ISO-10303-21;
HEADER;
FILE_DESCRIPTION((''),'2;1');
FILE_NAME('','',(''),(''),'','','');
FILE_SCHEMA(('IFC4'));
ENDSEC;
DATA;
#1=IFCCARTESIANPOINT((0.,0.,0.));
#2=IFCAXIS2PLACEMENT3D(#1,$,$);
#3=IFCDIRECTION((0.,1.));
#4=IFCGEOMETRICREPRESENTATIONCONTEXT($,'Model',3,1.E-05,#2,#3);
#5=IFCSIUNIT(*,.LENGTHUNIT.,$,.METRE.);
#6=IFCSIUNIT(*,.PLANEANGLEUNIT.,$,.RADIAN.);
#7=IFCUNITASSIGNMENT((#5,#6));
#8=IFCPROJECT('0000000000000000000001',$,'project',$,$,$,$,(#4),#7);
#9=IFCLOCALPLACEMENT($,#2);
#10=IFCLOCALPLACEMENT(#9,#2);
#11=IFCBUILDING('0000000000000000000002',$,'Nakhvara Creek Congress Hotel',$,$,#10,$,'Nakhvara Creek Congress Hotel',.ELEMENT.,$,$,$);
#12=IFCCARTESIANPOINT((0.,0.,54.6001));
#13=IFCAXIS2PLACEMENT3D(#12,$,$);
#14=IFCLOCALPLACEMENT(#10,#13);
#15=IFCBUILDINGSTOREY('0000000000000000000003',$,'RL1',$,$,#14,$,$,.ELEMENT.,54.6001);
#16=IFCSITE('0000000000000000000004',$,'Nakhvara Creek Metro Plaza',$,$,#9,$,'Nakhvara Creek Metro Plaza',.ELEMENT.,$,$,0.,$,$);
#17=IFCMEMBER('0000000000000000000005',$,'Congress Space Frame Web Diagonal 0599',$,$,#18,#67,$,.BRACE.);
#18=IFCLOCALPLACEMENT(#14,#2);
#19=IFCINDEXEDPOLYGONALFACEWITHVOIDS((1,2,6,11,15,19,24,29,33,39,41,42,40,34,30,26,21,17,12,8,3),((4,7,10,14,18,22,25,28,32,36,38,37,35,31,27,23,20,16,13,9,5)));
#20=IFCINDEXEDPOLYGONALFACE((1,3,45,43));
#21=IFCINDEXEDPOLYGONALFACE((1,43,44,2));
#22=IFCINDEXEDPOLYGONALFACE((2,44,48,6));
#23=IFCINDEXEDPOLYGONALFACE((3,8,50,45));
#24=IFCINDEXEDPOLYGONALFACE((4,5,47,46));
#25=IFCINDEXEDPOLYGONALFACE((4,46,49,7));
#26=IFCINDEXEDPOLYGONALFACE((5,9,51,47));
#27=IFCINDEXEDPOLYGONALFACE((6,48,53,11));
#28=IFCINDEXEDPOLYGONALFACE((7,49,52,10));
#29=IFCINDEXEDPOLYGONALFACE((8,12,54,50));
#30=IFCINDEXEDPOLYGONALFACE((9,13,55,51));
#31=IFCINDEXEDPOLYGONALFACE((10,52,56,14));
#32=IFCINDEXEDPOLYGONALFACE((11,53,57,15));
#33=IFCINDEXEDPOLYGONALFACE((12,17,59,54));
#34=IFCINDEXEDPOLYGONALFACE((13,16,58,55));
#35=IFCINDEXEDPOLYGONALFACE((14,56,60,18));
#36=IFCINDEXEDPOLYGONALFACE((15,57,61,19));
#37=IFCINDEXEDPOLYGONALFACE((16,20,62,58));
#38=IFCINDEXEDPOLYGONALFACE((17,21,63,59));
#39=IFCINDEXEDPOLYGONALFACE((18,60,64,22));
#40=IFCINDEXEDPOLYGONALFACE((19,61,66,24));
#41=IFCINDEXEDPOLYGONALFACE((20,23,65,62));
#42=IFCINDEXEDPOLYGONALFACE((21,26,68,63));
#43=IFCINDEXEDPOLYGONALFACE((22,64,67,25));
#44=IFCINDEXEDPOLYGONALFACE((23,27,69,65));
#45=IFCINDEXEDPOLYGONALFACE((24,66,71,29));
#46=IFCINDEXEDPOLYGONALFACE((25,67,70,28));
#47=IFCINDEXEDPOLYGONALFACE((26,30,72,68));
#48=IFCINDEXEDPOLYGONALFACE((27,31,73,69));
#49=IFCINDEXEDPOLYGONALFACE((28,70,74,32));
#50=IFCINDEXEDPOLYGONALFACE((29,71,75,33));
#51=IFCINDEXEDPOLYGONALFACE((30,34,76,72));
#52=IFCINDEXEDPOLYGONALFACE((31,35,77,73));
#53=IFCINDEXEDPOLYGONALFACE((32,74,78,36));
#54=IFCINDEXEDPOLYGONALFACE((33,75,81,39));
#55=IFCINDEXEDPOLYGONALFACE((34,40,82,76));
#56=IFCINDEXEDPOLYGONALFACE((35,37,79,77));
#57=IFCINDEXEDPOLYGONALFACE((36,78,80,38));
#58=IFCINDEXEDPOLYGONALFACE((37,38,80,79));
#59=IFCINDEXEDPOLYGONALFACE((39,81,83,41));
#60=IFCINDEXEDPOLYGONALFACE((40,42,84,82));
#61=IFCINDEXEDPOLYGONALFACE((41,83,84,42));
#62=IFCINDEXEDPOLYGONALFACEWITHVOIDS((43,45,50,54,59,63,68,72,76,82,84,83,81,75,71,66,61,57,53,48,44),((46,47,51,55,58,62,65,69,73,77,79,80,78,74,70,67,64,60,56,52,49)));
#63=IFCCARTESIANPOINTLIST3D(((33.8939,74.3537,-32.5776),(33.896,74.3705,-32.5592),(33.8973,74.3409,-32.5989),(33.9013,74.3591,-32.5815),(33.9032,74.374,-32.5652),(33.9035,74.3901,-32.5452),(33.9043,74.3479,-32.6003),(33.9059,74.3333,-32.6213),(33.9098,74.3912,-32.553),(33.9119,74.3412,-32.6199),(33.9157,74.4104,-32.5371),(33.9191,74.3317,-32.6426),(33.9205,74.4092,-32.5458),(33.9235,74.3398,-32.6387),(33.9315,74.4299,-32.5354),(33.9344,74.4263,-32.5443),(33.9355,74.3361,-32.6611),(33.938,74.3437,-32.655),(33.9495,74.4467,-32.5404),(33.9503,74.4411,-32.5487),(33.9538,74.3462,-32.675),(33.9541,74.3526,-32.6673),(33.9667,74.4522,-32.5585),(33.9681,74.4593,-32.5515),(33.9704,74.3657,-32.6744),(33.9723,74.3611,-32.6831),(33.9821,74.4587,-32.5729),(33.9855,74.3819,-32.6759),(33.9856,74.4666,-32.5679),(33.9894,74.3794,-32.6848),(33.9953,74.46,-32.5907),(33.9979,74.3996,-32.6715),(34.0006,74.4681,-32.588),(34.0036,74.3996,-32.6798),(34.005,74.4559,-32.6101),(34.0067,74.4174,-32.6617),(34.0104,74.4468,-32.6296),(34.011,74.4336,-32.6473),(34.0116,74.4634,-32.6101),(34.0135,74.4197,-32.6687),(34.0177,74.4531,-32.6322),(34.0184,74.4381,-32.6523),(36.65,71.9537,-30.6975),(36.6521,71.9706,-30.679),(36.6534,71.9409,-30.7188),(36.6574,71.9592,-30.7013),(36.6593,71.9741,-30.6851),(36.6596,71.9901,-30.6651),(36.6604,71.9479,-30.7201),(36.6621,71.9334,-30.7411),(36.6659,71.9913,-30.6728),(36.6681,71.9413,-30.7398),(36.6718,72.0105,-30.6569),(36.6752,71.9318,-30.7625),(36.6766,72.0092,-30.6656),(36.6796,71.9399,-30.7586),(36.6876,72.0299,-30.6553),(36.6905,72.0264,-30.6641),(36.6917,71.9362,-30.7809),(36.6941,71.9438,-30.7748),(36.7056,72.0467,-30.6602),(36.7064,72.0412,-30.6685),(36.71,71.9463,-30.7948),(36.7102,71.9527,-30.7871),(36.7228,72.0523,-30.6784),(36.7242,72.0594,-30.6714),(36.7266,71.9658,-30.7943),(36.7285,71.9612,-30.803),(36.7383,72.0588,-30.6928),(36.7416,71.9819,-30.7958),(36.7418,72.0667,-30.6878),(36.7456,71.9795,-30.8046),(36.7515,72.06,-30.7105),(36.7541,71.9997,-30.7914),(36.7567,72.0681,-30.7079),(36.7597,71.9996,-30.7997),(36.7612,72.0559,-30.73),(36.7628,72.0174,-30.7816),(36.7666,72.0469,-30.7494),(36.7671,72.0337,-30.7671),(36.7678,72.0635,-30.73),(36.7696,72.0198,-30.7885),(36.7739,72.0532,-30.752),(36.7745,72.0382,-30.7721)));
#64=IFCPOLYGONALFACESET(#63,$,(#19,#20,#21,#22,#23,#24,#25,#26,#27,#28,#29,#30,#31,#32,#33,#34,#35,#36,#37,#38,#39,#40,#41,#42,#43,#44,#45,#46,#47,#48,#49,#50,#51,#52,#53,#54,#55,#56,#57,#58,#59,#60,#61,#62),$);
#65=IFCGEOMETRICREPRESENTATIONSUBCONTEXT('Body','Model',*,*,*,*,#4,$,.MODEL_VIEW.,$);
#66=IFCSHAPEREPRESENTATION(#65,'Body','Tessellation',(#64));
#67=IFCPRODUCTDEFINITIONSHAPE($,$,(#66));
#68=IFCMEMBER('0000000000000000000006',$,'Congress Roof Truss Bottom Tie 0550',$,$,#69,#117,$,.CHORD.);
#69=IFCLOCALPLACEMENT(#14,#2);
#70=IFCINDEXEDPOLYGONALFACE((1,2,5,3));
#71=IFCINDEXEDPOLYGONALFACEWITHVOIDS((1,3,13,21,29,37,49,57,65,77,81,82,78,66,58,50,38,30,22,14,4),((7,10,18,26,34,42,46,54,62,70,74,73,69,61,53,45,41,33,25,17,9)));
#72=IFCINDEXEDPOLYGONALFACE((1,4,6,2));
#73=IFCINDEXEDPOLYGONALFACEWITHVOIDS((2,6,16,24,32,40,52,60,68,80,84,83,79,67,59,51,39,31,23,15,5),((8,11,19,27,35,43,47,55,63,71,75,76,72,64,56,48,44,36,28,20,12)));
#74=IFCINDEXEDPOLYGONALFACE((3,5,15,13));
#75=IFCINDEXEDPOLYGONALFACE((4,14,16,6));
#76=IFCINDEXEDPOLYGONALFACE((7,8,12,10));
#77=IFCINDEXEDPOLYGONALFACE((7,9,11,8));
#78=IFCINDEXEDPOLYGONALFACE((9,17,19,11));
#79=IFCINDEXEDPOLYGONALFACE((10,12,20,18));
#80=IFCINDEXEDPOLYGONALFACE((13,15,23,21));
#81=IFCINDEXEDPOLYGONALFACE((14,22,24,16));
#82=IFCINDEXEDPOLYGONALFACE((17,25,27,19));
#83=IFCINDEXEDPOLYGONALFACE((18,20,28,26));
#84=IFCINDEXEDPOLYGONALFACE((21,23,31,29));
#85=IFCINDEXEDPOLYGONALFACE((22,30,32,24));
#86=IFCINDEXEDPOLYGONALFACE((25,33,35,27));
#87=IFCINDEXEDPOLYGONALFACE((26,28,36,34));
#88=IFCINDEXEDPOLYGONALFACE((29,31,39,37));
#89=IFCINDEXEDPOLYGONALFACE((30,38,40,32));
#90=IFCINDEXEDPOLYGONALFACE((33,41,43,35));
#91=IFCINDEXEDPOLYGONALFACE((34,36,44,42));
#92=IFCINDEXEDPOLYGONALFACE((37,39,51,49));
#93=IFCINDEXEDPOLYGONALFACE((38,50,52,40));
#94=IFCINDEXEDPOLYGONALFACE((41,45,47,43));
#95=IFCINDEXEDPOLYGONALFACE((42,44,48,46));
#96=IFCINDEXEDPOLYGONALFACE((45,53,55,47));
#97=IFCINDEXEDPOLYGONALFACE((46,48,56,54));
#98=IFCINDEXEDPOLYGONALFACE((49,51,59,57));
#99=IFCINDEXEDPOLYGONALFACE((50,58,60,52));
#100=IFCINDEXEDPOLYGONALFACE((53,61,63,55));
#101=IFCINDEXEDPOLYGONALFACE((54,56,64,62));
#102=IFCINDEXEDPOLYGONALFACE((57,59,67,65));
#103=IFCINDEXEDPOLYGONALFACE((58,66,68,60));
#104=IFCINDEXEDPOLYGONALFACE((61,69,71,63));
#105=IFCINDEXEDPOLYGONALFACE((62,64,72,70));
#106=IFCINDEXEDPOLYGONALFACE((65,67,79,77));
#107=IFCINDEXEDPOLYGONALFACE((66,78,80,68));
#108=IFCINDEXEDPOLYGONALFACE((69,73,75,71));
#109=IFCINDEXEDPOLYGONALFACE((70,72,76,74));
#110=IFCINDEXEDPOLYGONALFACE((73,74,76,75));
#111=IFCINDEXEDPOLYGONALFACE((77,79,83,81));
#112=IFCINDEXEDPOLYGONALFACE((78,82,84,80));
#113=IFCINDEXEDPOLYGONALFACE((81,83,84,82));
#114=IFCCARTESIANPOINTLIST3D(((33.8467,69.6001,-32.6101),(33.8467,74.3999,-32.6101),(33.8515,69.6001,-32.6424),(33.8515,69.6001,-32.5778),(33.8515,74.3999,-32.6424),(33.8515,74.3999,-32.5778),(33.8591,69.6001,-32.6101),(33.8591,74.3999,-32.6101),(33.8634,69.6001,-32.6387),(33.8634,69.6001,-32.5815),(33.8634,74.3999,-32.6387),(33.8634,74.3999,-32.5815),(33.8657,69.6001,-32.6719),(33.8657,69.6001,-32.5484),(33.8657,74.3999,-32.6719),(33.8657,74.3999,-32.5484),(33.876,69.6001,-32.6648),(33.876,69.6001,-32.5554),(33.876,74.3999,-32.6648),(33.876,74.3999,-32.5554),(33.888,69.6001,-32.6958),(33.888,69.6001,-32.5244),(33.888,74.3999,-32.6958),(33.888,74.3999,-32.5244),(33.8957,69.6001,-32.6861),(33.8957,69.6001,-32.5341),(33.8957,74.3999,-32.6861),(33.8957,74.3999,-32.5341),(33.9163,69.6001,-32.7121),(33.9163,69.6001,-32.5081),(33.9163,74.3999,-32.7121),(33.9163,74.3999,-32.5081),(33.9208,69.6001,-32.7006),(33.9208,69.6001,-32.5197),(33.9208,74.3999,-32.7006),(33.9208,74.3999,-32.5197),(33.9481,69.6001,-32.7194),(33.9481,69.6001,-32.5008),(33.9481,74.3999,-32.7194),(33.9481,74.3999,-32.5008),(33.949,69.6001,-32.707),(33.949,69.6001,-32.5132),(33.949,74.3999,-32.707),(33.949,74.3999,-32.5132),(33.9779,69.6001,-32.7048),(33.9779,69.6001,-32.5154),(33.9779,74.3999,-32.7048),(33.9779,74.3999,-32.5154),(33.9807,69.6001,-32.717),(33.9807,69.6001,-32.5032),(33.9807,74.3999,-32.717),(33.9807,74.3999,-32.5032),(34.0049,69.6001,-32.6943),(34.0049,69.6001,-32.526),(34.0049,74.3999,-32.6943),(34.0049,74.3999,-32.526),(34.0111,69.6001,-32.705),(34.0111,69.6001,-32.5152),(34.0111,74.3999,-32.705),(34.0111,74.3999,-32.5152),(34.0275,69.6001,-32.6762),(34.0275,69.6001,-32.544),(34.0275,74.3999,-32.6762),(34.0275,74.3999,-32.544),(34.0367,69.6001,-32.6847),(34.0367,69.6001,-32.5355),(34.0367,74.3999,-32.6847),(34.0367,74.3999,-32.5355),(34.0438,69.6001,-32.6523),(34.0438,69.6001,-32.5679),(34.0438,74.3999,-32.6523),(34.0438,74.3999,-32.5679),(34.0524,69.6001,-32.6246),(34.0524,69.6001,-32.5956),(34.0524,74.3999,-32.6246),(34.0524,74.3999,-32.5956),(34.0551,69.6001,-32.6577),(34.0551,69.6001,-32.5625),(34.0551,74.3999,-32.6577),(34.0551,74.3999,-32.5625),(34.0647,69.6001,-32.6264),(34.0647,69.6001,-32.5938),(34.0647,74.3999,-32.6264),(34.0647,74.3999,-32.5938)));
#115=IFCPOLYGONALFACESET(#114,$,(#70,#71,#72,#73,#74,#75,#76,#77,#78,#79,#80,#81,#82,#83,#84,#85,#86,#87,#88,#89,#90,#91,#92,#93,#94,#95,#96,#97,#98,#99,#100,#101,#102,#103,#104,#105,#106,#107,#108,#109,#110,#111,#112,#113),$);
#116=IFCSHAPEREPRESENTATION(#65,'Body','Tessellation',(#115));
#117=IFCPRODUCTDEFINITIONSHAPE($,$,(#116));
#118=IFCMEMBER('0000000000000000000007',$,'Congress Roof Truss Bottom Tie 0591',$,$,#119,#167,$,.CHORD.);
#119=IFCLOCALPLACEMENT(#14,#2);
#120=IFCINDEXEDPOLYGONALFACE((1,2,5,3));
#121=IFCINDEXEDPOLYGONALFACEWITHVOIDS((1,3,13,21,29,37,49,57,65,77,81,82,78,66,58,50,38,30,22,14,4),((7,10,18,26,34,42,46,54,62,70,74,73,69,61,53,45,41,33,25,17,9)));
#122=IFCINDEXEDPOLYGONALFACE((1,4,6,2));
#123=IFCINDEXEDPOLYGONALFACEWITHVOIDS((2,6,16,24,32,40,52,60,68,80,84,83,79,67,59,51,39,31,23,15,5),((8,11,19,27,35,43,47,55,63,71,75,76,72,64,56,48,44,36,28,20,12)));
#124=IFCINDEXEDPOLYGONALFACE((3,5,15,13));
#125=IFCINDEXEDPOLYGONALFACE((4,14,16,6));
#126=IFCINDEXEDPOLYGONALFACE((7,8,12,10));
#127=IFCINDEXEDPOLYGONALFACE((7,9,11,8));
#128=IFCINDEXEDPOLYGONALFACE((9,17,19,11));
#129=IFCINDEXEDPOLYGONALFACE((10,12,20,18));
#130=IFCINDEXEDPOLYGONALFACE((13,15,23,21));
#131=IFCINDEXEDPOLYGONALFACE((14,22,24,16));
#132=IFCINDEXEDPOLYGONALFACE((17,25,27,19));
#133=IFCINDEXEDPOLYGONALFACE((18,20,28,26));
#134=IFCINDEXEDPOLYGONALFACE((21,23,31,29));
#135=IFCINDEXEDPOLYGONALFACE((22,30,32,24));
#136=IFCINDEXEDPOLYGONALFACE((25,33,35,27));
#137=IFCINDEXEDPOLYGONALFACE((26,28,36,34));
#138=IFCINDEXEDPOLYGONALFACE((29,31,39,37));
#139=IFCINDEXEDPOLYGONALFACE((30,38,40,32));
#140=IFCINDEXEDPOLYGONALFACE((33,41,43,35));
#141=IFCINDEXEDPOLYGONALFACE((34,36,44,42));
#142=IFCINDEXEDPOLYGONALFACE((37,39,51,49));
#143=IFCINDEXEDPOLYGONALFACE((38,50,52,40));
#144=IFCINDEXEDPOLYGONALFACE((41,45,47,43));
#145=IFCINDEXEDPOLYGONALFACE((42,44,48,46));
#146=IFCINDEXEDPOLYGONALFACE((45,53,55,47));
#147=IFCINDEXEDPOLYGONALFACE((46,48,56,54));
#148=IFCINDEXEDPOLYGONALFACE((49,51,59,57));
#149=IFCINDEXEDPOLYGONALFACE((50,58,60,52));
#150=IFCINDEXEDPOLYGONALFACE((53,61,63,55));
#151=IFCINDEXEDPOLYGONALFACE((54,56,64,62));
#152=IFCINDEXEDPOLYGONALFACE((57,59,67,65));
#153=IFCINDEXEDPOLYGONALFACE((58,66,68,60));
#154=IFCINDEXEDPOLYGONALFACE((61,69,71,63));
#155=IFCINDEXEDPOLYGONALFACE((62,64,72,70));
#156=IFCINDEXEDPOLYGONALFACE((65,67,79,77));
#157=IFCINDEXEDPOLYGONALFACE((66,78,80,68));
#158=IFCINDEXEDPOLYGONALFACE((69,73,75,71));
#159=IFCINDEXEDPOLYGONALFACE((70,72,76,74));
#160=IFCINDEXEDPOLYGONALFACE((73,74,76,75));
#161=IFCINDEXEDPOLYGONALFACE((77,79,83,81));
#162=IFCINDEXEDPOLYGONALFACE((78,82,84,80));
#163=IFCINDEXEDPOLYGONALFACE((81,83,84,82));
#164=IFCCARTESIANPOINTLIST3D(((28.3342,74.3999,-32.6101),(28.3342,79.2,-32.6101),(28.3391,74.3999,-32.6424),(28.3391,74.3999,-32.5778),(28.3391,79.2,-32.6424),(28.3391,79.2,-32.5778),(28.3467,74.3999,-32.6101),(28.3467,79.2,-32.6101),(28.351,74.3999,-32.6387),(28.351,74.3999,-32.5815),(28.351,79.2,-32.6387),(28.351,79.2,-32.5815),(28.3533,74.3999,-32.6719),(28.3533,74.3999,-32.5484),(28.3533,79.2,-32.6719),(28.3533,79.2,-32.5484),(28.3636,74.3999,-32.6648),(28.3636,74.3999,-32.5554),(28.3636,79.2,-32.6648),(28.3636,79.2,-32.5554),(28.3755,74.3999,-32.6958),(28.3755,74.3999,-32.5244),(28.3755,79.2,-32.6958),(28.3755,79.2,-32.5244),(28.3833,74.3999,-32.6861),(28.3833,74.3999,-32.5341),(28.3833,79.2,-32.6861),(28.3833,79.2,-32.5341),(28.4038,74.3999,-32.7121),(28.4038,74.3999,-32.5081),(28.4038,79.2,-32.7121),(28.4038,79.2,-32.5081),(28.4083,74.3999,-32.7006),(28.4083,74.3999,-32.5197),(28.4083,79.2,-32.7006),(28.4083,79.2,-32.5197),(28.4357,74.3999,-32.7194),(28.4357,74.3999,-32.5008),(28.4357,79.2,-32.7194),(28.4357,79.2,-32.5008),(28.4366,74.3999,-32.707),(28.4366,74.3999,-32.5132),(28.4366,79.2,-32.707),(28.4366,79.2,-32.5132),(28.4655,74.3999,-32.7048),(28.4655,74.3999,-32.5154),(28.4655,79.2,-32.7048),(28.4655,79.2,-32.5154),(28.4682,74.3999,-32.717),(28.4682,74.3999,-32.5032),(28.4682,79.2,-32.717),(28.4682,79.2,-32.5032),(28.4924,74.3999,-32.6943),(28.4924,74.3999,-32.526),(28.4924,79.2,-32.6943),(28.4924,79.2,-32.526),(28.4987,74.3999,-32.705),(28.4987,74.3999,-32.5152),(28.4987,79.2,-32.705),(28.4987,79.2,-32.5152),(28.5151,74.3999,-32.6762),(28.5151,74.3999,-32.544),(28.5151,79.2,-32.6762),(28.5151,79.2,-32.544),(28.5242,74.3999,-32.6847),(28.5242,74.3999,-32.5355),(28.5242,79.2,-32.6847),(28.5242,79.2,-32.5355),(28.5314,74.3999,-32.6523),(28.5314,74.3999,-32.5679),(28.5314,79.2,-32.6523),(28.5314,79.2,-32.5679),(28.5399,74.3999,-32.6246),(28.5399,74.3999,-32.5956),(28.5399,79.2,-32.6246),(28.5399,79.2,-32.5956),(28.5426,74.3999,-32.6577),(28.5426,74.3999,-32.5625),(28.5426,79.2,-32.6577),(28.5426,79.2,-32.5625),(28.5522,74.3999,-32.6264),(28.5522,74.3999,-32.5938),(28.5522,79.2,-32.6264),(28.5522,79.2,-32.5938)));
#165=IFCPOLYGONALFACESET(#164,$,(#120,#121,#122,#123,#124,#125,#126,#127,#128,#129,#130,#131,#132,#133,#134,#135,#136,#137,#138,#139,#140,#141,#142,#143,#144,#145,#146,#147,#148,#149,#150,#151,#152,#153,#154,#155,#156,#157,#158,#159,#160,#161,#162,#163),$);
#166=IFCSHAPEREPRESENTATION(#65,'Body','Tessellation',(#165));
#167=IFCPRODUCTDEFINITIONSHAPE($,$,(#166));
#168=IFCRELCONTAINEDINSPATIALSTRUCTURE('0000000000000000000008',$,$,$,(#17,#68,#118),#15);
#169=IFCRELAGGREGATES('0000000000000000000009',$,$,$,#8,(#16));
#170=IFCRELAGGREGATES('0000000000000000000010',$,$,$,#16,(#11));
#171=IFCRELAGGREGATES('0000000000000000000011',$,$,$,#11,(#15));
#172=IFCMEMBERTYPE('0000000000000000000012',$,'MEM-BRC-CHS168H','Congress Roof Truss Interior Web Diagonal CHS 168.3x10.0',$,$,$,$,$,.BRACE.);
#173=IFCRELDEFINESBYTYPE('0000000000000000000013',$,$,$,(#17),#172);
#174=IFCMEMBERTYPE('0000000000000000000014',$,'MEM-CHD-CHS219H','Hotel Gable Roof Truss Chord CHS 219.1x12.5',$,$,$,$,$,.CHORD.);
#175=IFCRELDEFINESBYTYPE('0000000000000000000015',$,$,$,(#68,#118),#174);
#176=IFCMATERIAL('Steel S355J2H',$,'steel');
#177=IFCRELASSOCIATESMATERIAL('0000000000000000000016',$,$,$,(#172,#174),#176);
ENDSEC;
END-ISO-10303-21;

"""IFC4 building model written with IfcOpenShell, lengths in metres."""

from ifc_helpers import new_model, si_unit, direction, frame, origin, origin_2d, place, context, subcontext, project, spatial, hollow_circle, extrude, material, material_profile, profile_set, type_object, element, save


model = new_model("IFC4")

# Units and contexts
model_context = context("Model", 3, precision=1e-05, world=origin(), true_north=direction((0.0, 1.0)))
body_context = subcontext(model_context, "Body", "Model", "MODEL_VIEW")
ifc_project = project(units=[si_unit("LENGTHUNIT", "METRE"), si_unit("PLANEANGLEUNIT", "RADIAN")], contexts=[model_context])

# Site, building, storey
site_placement = place(None, origin())
site = spatial("IfcSite", under=ifc_project, at=site_placement, Name="Nakhvara Creek Metro Plaza", LongName="Nakhvara Creek Metro Plaza", CompositionType="ELEMENT", RefElevation=0.0)
building_placement = place(site_placement, origin())
building = spatial("IfcBuilding", under=site, at=building_placement, Name="Nakhvara Creek Congress Hotel", LongName="Nakhvara Creek Congress Hotel", CompositionType="ELEMENT")
storey_placement = place(building_placement, frame((0.0, 0.0, 54.6001)))
storey = spatial("IfcBuildingStorey", under=building, at=storey_placement, Name="RL1", CompositionType="ELEMENT", Elevation=54.6001)

# Members
ifc_material_1 = material(Name="Steel S355J2H", Category="steel")
ifc_material_profile_1 = material_profile(ifc_material_1, hollow_circle(Radius=0.0842, WallThickness=0.01, at=origin_2d()), Name="CHS 168.3x10.0", Category="LoadBearing")
ifc_profile_set_1 = profile_set([ifc_material_profile_1], Name="Steel S355J2H")
member_type_1 = type_object("IfcMemberType", Name="MEM-BRC-CHS168H", Description="Congress Roof Truss Interior Web Diagonal CHS 168.3x10.0", PredefinedType="BRACE", material=ifc_profile_set_1)
member_1_placement = place(storey_placement, frame((33.9563, 74.3999, -32.6101), z_axis=(0.670616, -0.583945, 0.457473), x_axis=(0.656691, 0.75416, 0.0)))
element("IfcMember", 1, at=member_1_placement, inside=storey, type_object=member_type_1, Name="Congress Space Frame Web Diagonal 0599", PredefinedType="BRACE", context=body_context, shape_type="SweptSolid", body=[
    extrude(hollow_circle(Radius=0.0842, WallThickness=0.01, at=origin_2d()), origin(), (0.0, 0.0, 1.0), 4.1099),
])
ifc_material_profile_2 = material_profile(ifc_material_1, hollow_circle(Radius=0.1096, WallThickness=0.0125, at=origin_2d()), Name="CHS 219.1x12.5", Category="LoadBearing")
ifc_profile_set_2 = profile_set([ifc_material_profile_2], Name="Steel S355J2H")
member_type_2 = type_object("IfcMemberType", Name="MEM-CHD-CHS219H", Description="Hotel Gable Roof Truss Chord CHS 219.1x12.5", PredefinedType="CHORD", material=ifc_profile_set_2)
member_2_placement = place(storey_placement, frame((33.9563, 69.6001, -32.6101), z_axis=(0.0, 1.0, 0.0), x_axis=(-1.0, 0.0, 0.0)))
element("IfcMember", 2, at=member_2_placement, inside=storey, type_object=member_type_2, Name="Congress Roof Truss Bottom Tie 0550", PredefinedType="CHORD", context=body_context, shape_type="SweptSolid", body=[
    extrude(hollow_circle(Radius=0.1096, WallThickness=0.0125, at=origin_2d()), origin(), (0.0, 0.0, 1.0), 4.7998),
])
for number, where, z_axis, x_axis, name in (
    (3, (28.4438, 74.3999, -32.6101), (0.0, 1.0, 0.0), (-1.0, 0.0, 0.0), "Congress Roof Truss Bottom Tie 0591"),
):
    element("IfcMember", number, at=place(storey_placement, frame(where, z_axis=z_axis, x_axis=x_axis)), inside=storey, type_object=member_type_2, Name=name, PredefinedType="CHORD", context=body_context, shape_type="SweptSolid", body=[
        extrude(hollow_circle(Radius=0.1096, WallThickness=0.0125, at=origin_2d()), origin(), (0.0, 0.0, 1.0), 4.8),
    ])

save(model, "model.ifc")
